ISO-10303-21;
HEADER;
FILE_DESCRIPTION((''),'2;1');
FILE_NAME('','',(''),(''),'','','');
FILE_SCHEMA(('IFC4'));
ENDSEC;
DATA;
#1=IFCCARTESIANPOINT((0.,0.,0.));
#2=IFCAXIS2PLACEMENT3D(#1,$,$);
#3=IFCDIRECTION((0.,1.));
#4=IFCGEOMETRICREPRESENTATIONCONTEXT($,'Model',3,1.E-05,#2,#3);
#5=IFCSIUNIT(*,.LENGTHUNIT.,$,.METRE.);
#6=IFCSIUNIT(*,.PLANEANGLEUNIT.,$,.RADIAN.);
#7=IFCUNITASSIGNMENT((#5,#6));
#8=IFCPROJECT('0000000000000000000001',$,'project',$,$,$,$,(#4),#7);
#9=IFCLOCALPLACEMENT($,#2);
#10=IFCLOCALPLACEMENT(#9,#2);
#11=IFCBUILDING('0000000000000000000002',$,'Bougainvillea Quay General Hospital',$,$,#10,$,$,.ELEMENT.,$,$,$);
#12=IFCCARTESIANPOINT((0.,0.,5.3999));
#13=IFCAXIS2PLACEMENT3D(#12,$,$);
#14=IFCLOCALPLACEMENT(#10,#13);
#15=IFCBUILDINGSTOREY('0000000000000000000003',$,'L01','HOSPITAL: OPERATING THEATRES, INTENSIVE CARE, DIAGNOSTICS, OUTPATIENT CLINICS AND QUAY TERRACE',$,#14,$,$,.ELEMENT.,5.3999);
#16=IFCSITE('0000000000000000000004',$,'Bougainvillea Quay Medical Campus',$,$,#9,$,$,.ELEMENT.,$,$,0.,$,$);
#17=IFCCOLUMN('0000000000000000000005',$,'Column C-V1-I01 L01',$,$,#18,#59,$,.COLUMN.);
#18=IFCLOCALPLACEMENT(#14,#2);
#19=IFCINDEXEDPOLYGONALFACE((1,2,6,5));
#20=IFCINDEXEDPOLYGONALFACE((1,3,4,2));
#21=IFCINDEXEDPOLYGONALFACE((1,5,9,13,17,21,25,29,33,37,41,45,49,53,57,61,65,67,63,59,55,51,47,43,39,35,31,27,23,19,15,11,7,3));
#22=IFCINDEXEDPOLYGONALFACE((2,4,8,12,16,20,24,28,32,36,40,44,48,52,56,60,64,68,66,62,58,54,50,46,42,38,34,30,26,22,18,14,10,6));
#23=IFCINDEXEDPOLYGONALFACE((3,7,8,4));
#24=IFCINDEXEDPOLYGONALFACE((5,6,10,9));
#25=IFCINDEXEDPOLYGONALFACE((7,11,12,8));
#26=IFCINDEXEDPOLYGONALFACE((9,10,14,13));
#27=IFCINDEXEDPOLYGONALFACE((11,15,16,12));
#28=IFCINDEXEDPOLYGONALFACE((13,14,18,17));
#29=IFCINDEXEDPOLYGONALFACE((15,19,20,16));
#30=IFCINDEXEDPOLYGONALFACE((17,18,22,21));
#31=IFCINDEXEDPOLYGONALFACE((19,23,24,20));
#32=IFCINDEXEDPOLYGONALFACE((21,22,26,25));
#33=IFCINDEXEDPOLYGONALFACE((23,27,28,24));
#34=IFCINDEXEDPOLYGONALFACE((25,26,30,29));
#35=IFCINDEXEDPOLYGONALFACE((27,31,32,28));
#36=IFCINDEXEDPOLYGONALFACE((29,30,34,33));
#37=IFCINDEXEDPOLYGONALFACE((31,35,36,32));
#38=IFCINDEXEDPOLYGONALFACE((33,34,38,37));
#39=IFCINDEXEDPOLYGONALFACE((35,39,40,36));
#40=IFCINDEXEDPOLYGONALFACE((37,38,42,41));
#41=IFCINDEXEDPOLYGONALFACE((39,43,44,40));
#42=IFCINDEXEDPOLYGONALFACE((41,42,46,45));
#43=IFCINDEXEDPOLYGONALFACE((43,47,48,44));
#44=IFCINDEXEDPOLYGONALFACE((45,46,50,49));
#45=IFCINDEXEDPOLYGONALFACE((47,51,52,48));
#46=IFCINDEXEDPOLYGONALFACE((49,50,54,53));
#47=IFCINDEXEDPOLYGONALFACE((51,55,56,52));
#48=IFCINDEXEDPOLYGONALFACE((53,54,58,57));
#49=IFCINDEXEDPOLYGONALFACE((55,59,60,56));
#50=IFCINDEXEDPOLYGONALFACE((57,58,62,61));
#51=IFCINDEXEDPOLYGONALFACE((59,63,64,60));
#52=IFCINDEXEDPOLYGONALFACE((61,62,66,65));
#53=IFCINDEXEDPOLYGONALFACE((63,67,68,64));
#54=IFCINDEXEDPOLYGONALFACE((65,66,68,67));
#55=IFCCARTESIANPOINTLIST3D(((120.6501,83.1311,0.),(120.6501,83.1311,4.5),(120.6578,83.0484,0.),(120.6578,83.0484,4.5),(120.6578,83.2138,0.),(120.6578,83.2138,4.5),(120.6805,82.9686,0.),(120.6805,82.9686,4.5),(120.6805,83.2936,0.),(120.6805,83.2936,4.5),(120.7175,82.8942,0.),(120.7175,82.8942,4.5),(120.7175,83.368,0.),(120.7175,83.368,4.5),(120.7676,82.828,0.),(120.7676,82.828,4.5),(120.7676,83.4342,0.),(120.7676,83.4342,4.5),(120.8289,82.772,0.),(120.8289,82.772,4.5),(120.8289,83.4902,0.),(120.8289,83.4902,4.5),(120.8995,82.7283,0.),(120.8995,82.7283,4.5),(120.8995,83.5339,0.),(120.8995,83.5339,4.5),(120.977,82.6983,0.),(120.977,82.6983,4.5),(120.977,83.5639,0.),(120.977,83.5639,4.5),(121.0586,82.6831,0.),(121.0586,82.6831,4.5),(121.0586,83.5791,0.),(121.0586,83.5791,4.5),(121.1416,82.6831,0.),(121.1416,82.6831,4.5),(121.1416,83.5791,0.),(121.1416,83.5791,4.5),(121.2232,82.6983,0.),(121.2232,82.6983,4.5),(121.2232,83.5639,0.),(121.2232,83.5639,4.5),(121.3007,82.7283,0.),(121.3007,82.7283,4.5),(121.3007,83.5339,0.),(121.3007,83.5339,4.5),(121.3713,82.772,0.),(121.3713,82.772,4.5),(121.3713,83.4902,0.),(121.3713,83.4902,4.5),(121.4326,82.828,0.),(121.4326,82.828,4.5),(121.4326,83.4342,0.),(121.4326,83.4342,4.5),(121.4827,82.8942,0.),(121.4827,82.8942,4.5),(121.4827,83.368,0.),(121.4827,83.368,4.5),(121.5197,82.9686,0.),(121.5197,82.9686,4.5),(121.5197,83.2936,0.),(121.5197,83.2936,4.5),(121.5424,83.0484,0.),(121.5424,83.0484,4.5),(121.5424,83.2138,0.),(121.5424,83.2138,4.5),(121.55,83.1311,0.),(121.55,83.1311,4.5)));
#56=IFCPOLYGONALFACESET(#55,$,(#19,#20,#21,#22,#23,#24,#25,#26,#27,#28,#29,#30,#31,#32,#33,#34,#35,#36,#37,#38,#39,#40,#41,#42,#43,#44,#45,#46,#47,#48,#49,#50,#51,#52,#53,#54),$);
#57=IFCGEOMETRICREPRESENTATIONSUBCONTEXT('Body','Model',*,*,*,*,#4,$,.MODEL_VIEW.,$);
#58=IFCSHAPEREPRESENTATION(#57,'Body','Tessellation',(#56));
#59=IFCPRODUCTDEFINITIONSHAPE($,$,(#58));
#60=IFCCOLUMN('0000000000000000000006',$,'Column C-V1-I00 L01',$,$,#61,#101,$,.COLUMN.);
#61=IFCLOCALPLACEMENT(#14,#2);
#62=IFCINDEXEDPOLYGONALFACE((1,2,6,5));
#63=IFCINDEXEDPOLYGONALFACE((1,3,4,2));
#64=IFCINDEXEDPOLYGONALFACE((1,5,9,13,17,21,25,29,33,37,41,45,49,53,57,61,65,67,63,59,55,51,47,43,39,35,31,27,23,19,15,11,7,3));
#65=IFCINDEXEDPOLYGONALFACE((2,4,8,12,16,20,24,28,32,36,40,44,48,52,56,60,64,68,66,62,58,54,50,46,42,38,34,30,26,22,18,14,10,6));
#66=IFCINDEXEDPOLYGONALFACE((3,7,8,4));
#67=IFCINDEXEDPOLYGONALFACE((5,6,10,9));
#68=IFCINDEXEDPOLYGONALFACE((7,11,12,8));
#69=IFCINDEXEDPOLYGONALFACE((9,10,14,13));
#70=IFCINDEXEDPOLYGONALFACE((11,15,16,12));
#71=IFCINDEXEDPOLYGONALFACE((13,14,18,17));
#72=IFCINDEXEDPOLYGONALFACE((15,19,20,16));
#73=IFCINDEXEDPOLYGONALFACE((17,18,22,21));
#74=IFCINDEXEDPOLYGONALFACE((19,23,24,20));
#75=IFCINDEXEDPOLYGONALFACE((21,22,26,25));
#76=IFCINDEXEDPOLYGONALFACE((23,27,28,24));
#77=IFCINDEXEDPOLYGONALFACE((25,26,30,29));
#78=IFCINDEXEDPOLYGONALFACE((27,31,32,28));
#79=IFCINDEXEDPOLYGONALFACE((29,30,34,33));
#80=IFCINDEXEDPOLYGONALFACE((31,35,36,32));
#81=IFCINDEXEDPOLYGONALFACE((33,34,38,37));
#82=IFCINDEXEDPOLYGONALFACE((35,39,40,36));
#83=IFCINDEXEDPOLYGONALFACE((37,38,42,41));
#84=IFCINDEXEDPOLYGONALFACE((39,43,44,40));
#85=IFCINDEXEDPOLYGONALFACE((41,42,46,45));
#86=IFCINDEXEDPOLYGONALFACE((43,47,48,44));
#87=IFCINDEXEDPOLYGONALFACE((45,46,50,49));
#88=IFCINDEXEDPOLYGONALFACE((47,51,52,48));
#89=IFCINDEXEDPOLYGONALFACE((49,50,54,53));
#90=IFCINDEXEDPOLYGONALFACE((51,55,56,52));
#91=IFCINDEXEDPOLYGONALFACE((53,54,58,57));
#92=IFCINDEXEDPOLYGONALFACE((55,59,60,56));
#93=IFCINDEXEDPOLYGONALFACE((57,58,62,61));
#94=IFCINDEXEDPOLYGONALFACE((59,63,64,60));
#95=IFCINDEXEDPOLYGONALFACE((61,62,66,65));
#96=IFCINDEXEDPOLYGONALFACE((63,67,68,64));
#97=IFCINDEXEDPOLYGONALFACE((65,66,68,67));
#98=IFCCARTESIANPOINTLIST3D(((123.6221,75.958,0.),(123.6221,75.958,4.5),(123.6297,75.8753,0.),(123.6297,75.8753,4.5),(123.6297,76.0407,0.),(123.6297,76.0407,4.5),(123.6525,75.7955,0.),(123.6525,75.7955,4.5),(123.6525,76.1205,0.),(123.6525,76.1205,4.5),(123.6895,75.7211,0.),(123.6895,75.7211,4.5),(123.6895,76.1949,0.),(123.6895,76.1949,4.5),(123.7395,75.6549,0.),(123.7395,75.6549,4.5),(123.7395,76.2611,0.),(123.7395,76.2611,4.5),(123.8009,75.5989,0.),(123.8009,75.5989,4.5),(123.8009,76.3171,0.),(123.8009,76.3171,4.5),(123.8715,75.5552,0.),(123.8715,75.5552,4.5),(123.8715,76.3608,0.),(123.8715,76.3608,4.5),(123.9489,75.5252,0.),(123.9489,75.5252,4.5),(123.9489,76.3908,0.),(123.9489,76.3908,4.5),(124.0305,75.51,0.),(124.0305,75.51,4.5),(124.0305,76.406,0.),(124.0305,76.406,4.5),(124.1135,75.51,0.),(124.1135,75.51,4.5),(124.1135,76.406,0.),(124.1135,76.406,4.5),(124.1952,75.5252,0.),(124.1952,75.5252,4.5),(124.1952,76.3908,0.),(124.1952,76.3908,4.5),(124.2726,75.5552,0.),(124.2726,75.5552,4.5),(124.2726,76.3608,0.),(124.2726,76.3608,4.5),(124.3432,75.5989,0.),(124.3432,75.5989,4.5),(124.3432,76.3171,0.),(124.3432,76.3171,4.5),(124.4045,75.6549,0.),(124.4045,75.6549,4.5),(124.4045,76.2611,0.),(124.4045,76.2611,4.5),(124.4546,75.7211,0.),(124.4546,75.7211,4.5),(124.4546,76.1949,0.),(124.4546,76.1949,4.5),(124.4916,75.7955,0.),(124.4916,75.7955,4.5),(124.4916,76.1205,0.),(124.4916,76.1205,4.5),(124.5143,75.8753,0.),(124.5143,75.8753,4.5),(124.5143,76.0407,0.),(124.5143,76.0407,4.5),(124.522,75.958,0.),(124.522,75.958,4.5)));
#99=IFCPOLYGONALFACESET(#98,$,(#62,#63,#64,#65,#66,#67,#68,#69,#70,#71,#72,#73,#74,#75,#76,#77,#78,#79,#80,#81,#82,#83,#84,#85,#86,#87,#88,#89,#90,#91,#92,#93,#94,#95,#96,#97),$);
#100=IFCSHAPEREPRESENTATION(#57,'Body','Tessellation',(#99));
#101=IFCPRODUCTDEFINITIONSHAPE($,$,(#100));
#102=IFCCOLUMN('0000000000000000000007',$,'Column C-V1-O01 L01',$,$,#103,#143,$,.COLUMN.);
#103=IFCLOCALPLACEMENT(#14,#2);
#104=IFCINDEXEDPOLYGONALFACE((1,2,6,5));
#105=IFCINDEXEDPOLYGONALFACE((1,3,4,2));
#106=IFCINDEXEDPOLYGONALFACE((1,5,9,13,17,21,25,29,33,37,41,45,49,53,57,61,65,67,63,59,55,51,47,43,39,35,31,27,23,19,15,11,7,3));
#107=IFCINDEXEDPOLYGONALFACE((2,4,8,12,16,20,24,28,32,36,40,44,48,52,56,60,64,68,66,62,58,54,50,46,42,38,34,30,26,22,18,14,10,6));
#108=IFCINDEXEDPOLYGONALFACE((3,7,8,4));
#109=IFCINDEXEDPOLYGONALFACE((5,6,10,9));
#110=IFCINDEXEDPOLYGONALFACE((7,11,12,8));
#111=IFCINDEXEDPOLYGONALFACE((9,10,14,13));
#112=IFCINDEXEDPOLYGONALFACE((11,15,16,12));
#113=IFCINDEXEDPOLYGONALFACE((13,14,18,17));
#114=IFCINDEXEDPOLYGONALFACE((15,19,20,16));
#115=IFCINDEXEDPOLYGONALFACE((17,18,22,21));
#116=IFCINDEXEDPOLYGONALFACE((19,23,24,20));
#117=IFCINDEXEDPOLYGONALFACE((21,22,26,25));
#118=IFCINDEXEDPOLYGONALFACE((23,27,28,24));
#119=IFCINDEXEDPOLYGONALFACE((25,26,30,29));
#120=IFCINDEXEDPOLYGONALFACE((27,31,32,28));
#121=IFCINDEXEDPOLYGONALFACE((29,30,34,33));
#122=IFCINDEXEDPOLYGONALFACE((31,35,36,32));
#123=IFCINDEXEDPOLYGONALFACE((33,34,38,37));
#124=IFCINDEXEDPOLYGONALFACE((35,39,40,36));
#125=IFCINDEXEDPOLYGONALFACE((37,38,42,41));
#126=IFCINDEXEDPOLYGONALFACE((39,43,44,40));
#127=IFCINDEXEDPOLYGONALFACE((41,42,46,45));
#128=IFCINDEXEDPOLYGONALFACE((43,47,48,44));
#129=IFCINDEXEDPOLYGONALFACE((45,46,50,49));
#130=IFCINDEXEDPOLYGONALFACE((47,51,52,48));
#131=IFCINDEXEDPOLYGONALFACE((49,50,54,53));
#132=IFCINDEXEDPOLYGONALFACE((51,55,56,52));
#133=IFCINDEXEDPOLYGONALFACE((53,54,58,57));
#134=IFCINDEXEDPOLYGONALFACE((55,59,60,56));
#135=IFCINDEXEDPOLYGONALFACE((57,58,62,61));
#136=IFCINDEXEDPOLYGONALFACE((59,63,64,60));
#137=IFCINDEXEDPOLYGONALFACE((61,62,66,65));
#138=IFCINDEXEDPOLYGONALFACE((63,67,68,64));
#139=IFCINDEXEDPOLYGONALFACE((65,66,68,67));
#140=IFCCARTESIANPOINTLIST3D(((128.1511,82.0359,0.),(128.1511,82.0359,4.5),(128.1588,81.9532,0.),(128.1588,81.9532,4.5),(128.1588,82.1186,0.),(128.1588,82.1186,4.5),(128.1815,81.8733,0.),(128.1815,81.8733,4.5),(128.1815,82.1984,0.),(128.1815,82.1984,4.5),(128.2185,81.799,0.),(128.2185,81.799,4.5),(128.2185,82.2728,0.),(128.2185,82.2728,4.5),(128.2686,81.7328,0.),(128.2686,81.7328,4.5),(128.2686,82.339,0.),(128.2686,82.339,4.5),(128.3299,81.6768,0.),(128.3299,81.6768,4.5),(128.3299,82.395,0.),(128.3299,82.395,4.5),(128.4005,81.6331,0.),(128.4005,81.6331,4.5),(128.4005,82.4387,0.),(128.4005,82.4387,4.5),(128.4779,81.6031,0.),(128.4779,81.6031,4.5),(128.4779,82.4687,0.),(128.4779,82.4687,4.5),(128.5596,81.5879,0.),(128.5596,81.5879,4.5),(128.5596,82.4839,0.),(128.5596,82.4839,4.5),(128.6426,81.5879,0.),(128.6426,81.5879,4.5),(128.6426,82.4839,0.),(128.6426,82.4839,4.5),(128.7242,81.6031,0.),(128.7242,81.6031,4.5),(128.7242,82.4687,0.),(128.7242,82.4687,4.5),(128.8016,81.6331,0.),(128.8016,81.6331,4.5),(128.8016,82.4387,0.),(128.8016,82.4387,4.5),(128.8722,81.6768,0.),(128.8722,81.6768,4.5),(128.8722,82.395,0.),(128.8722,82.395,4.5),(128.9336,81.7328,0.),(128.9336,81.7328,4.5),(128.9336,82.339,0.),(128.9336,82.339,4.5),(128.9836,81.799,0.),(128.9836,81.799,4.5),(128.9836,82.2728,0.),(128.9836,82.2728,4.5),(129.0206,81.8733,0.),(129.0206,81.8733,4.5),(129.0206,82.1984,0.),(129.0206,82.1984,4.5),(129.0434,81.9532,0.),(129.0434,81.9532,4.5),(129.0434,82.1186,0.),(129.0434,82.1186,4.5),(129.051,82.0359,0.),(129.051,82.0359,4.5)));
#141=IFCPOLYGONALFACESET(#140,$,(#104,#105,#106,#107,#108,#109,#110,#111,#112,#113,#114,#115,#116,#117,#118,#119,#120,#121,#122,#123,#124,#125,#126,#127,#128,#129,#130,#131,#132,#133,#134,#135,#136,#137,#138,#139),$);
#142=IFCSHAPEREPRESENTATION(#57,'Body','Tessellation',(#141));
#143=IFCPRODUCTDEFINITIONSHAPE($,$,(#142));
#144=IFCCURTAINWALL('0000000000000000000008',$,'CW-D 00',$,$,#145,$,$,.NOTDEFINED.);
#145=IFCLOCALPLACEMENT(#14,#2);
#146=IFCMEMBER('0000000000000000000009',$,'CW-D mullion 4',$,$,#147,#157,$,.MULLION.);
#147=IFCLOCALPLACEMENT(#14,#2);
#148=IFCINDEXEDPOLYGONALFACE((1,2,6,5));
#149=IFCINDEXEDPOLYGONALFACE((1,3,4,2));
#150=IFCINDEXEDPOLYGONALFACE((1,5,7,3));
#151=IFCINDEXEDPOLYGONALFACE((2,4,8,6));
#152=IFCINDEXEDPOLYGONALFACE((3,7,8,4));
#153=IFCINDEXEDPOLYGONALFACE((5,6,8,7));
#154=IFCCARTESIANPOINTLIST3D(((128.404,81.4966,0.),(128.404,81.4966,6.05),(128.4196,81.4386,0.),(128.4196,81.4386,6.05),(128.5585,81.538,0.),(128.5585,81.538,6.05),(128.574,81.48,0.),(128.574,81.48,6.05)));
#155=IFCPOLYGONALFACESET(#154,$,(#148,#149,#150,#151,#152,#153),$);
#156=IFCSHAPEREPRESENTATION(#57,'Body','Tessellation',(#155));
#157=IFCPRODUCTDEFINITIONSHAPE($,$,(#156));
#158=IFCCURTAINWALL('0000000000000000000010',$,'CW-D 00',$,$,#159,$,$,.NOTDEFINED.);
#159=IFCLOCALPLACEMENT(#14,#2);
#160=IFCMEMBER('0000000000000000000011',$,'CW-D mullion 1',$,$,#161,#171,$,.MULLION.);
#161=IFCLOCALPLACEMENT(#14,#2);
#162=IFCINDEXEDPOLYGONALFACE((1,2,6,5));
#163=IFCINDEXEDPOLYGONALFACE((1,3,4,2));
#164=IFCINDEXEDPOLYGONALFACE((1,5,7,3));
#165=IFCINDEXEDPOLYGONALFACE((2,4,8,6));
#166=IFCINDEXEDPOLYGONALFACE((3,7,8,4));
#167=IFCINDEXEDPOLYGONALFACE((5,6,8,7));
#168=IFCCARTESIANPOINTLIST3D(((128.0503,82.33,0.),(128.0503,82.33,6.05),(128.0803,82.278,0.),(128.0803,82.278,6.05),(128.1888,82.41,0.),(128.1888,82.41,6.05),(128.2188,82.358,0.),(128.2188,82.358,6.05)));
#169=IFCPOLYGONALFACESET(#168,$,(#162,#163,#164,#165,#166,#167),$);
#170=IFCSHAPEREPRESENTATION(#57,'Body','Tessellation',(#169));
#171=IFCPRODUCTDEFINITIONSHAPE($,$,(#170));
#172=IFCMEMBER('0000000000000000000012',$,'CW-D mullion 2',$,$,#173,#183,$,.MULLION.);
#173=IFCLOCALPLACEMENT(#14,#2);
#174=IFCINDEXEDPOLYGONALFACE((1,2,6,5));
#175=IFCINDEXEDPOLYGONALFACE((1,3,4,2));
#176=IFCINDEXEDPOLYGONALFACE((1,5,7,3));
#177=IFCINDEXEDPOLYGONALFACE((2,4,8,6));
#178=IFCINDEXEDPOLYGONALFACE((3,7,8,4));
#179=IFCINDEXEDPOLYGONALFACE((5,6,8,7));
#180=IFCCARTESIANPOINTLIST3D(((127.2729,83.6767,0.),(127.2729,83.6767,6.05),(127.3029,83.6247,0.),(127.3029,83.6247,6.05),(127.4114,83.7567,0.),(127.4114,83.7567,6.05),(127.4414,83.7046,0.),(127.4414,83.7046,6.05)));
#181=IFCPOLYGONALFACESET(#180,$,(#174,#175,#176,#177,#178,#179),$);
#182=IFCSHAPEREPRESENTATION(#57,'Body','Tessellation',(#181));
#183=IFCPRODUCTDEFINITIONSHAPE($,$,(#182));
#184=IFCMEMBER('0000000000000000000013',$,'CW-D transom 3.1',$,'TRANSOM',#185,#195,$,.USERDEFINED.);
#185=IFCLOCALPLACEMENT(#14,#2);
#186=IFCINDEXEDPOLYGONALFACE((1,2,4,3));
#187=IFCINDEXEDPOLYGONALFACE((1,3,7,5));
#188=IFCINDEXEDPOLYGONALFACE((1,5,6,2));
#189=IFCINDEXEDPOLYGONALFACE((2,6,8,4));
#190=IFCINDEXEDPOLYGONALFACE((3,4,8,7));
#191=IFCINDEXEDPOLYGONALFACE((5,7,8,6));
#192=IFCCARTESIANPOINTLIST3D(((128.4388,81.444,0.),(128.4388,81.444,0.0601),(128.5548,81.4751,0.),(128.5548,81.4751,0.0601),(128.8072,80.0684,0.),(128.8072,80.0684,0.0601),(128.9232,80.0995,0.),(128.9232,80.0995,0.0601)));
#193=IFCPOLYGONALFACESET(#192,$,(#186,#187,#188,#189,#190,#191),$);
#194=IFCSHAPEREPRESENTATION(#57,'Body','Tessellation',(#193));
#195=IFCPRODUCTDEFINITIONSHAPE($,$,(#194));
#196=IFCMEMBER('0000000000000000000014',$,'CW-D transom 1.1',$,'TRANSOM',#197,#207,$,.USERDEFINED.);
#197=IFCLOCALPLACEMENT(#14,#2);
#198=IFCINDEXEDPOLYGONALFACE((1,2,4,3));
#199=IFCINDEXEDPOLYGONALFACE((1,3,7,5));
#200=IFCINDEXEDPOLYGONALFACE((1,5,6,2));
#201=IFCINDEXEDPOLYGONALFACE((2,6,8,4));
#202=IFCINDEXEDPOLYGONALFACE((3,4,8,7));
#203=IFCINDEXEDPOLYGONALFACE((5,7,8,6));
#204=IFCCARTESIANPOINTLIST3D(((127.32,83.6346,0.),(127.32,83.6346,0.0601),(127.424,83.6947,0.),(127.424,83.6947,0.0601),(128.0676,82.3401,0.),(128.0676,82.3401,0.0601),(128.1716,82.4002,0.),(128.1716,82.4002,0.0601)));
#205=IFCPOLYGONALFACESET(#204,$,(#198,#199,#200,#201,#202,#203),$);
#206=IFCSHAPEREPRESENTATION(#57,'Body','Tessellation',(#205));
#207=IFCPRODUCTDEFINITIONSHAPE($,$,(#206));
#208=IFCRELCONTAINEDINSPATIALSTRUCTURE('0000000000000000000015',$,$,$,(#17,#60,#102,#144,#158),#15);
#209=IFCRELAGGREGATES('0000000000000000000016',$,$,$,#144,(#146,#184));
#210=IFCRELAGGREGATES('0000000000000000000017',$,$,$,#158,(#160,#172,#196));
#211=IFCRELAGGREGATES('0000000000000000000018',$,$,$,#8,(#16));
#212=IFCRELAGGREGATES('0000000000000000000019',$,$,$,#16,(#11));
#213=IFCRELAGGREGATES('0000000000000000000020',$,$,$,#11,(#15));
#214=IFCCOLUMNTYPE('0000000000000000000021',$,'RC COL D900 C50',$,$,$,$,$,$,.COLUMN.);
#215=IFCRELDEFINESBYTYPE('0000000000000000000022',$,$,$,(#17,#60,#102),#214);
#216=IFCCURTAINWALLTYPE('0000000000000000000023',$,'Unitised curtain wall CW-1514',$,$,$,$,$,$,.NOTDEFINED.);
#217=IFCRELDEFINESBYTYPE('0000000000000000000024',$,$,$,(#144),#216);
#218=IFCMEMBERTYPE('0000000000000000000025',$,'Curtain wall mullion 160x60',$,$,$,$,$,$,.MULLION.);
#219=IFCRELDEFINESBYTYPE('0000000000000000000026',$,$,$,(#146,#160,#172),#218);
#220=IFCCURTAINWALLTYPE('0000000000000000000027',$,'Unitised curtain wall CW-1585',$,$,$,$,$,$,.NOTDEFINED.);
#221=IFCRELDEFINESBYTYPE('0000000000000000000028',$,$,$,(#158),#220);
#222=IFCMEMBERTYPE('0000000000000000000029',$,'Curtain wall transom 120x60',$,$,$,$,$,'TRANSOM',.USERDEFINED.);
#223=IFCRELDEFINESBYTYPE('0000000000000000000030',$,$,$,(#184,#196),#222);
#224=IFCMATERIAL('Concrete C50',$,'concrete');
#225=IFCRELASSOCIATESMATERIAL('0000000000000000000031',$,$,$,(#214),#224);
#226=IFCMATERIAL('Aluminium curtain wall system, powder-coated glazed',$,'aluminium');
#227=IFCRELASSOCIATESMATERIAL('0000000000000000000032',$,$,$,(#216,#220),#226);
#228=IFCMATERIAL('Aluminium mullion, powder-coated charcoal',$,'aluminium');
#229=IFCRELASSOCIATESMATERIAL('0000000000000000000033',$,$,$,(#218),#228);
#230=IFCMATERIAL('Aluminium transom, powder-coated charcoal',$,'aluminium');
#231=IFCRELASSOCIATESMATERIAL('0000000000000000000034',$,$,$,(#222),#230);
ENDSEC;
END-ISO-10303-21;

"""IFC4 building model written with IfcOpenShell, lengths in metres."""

from ifc_helpers import new_model, si_unit, direction, frame, origin, origin_2d, place, context, subcontext, project, spatial, rectangle, circle, extrude, material, material_profile, profile_set, type_object, element, aggregate, save


model = new_model("IFC4")

# Units and contexts
model_context = context("Model", 3, precision=1e-05, world=origin(), true_north=direction((0.0, 1.0)))
body_context = subcontext(model_context, "Body", "Model", "MODEL_VIEW")
ifc_project = project(units=[si_unit("LENGTHUNIT", "METRE"), si_unit("PLANEANGLEUNIT", "RADIAN")], contexts=[model_context])

# Site, building, storey
site_placement = place(None, origin())
site = spatial("IfcSite", under=ifc_project, at=site_placement, Name="Bougainvillea Quay Medical Campus", CompositionType="ELEMENT", RefElevation=0.0)
building_placement = place(site_placement, origin())
building = spatial("IfcBuilding", under=site, at=building_placement, Name="Bougainvillea Quay General Hospital", CompositionType="ELEMENT")
storey_placement = place(building_placement, frame((0.0, 0.0, 5.3999)))
storey = spatial("IfcBuildingStorey", under=building, at=storey_placement, Name="L01", Description="HOSPITAL: OPERATING THEATRES, INTENSIVE CARE, DIAGNOSTICS, OUTPATIENT CLINICS AND QUAY TERRACE", CompositionType="ELEMENT", Elevation=5.3999)

# Columns
ifc_material_1 = material(Name="Concrete C50", Category="concrete")
ifc_material_profile_1 = material_profile(ifc_material_1, circle(Radius=0.45, at=origin_2d()))
ifc_profile_set_1 = profile_set([ifc_material_profile_1], Name="Concrete C50")
column_type = type_object("IfcColumnType", Name="RC COL D900 C50", PredefinedType="COLUMN", material=ifc_profile_set_1)
for number, where, z_axis, x_axis, name in (
    (1, (121.1001, 83.1311, 0.0), (0.0, 0.0, 1.0), (1.0, 0.0, 0.0), "Column C-V1-I01 L01"),
    (2, (124.072, 75.958, 0.0), (0.0, 0.0, 1.0), (1.0, 0.0, 0.0), "Column C-V1-I00 L01"),
    (3, (128.6011, 82.0359, 0.0), (0.0, 0.0, 1.0), (1.0, 0.0, 0.0), "Column C-V1-O01 L01"),
):
    element("IfcColumn", number, at=place(storey_placement, frame(where, z_axis=z_axis, x_axis=x_axis)), inside=storey, type_object=column_type, Name=name, PredefinedType="COLUMN", context=body_context, shape_type="SweptSolid", body=[
        extrude(circle(Radius=0.45, at=origin_2d()), origin(), (0.0, 0.0, 1.0), 4.5),
    ])

# Curtain wall, member
ifc_material_2 = material(Name="Aluminium curtain wall system, powder-coated glazed", Category="aluminium")
curtain_wall_type_1 = type_object("IfcCurtainWallType", Name="Unitised curtain wall CW-1514", PredefinedType="NOTDEFINED", material=ifc_material_2)
curtain_wall_1_placement = place(storey_placement, origin())
curtain_wall_1 = element("IfcCurtainWall", 4, at=curtain_wall_1_placement, inside=storey, type_object=curtain_wall_type_1, Name="CW-D 00", PredefinedType="NOTDEFINED")
ifc_material_3 = material(Name="Aluminium mullion, powder-coated charcoal", Category="aluminium")
ifc_material_profile_2 = material_profile(ifc_material_3, rectangle(XDim=0.1599, YDim=0.0601, at=origin_2d()))
ifc_profile_set_2 = profile_set([ifc_material_profile_2], Name="Aluminium mullion, powder-coated charcoal")
member_type_1 = type_object("IfcMemberType", Name="Curtain wall mullion 160x60", PredefinedType="MULLION", material=ifc_profile_set_2)
member_1_placement = place(storey_placement, frame((128.489, 81.4883, 0.0), z_axis=(0.0, 0.0, 1.0), x_axis=(-0.965916, -0.258855, 0.0)))
member_1 = element("IfcMember", 5, at=member_1_placement, type_object=member_type_1, Name="CW-D mullion 4", PredefinedType="MULLION", context=body_context, shape_type="SweptSolid", body=[
    extrude(rectangle(XDim=0.1599, YDim=0.0601, at=origin_2d()), origin(), (0.0, 0.0, 1.0), 6.05),
])

# Curtain wall, members
curtain_wall_type_2 = type_object("IfcCurtainWallType", Name="Unitised curtain wall CW-1585", PredefinedType="NOTDEFINED", material=ifc_material_2)
curtain_wall_2_placement = place(storey_placement, origin())
curtain_wall_2 = element("IfcCurtainWall", 6, at=curtain_wall_2_placement, inside=storey, type_object=curtain_wall_type_2, Name="CW-D 00", PredefinedType="NOTDEFINED")
member_2_placement = place(storey_placement, frame((128.1345, 82.344, 0.0), z_axis=(0.0, 0.0, 1.0), x_axis=(-0.866046, -0.499965, 0.0)))
member_2 = element("IfcMember", 7, at=member_2_placement, type_object=member_type_1, Name="CW-D mullion 1", PredefinedType="MULLION", context=body_context, shape_type="SweptSolid", body=[
    extrude(rectangle(XDim=0.1599, YDim=0.0601, at=origin_2d()), origin(), (0.0, 0.0, 1.0), 6.05),
])
member_3_placement = place(storey_placement, frame((127.3572, 83.6907, 0.0), z_axis=(0.0, 0.0, 1.0), x_axis=(-0.866046, -0.499965, 0.0)))
member_3 = element("IfcMember", 8, at=member_3_placement, type_object=member_type_1, Name="CW-D mullion 2", PredefinedType="MULLION", context=body_context, shape_type="SweptSolid", body=[
    extrude(rectangle(XDim=0.1599, YDim=0.0601, at=origin_2d()), origin(), (0.0, 0.0, 1.0), 6.05),
])

# Members
ifc_material_4 = material(Name="Aluminium transom, powder-coated charcoal", Category="aluminium")
ifc_material_profile_3 = material_profile(ifc_material_4, rectangle(XDim=0.1201, YDim=0.0601, at=origin_2d()))
ifc_profile_set_3 = profile_set([ifc_material_profile_3], Name="Aluminium transom, powder-coated charcoal")
member_type_2 = type_object("IfcMemberType", Name="Curtain wall transom 120x60", ElementType="TRANSOM", PredefinedType="USERDEFINED", material=ifc_profile_set_3)
member_4_placement = place(storey_placement, frame((128.8652, 80.084, 0.03), z_axis=(-0.258719, 0.965953, 0.0), x_axis=(-0.965953, -0.258719, 0.0)))
member_4 = element("IfcMember", 9, at=member_4_placement, type_object=member_type_2, Name="CW-D transom 3.1", ObjectType="TRANSOM", PredefinedType="USERDEFINED", context=body_context, shape_type="SweptSolid", body=[
    extrude(rectangle(XDim=0.1201, YDim=0.0601, at=origin_2d()), origin(), (0.0, 0.0, 1.0), 1.4241),
])
member_5_placement = place(storey_placement, frame((128.1196, 82.3701, 0.03), z_axis=(-0.500109, 0.865963, 0.0), x_axis=(-0.865963, -0.500109, 0.0)))
member_5 = element("IfcMember", 10, at=member_5_placement, type_object=member_type_2, Name="CW-D transom 1.1", ObjectType="TRANSOM", PredefinedType="USERDEFINED", context=body_context, shape_type="SweptSolid", body=[
    extrude(rectangle(XDim=0.1201, YDim=0.0601, at=origin_2d()), origin(), (0.0, 0.0, 1.0), 1.4949),
])

aggregate(curtain_wall_1, [member_1, member_4])
aggregate(curtain_wall_2, [member_2, member_3, member_5])

save(model, "model.ifc")
